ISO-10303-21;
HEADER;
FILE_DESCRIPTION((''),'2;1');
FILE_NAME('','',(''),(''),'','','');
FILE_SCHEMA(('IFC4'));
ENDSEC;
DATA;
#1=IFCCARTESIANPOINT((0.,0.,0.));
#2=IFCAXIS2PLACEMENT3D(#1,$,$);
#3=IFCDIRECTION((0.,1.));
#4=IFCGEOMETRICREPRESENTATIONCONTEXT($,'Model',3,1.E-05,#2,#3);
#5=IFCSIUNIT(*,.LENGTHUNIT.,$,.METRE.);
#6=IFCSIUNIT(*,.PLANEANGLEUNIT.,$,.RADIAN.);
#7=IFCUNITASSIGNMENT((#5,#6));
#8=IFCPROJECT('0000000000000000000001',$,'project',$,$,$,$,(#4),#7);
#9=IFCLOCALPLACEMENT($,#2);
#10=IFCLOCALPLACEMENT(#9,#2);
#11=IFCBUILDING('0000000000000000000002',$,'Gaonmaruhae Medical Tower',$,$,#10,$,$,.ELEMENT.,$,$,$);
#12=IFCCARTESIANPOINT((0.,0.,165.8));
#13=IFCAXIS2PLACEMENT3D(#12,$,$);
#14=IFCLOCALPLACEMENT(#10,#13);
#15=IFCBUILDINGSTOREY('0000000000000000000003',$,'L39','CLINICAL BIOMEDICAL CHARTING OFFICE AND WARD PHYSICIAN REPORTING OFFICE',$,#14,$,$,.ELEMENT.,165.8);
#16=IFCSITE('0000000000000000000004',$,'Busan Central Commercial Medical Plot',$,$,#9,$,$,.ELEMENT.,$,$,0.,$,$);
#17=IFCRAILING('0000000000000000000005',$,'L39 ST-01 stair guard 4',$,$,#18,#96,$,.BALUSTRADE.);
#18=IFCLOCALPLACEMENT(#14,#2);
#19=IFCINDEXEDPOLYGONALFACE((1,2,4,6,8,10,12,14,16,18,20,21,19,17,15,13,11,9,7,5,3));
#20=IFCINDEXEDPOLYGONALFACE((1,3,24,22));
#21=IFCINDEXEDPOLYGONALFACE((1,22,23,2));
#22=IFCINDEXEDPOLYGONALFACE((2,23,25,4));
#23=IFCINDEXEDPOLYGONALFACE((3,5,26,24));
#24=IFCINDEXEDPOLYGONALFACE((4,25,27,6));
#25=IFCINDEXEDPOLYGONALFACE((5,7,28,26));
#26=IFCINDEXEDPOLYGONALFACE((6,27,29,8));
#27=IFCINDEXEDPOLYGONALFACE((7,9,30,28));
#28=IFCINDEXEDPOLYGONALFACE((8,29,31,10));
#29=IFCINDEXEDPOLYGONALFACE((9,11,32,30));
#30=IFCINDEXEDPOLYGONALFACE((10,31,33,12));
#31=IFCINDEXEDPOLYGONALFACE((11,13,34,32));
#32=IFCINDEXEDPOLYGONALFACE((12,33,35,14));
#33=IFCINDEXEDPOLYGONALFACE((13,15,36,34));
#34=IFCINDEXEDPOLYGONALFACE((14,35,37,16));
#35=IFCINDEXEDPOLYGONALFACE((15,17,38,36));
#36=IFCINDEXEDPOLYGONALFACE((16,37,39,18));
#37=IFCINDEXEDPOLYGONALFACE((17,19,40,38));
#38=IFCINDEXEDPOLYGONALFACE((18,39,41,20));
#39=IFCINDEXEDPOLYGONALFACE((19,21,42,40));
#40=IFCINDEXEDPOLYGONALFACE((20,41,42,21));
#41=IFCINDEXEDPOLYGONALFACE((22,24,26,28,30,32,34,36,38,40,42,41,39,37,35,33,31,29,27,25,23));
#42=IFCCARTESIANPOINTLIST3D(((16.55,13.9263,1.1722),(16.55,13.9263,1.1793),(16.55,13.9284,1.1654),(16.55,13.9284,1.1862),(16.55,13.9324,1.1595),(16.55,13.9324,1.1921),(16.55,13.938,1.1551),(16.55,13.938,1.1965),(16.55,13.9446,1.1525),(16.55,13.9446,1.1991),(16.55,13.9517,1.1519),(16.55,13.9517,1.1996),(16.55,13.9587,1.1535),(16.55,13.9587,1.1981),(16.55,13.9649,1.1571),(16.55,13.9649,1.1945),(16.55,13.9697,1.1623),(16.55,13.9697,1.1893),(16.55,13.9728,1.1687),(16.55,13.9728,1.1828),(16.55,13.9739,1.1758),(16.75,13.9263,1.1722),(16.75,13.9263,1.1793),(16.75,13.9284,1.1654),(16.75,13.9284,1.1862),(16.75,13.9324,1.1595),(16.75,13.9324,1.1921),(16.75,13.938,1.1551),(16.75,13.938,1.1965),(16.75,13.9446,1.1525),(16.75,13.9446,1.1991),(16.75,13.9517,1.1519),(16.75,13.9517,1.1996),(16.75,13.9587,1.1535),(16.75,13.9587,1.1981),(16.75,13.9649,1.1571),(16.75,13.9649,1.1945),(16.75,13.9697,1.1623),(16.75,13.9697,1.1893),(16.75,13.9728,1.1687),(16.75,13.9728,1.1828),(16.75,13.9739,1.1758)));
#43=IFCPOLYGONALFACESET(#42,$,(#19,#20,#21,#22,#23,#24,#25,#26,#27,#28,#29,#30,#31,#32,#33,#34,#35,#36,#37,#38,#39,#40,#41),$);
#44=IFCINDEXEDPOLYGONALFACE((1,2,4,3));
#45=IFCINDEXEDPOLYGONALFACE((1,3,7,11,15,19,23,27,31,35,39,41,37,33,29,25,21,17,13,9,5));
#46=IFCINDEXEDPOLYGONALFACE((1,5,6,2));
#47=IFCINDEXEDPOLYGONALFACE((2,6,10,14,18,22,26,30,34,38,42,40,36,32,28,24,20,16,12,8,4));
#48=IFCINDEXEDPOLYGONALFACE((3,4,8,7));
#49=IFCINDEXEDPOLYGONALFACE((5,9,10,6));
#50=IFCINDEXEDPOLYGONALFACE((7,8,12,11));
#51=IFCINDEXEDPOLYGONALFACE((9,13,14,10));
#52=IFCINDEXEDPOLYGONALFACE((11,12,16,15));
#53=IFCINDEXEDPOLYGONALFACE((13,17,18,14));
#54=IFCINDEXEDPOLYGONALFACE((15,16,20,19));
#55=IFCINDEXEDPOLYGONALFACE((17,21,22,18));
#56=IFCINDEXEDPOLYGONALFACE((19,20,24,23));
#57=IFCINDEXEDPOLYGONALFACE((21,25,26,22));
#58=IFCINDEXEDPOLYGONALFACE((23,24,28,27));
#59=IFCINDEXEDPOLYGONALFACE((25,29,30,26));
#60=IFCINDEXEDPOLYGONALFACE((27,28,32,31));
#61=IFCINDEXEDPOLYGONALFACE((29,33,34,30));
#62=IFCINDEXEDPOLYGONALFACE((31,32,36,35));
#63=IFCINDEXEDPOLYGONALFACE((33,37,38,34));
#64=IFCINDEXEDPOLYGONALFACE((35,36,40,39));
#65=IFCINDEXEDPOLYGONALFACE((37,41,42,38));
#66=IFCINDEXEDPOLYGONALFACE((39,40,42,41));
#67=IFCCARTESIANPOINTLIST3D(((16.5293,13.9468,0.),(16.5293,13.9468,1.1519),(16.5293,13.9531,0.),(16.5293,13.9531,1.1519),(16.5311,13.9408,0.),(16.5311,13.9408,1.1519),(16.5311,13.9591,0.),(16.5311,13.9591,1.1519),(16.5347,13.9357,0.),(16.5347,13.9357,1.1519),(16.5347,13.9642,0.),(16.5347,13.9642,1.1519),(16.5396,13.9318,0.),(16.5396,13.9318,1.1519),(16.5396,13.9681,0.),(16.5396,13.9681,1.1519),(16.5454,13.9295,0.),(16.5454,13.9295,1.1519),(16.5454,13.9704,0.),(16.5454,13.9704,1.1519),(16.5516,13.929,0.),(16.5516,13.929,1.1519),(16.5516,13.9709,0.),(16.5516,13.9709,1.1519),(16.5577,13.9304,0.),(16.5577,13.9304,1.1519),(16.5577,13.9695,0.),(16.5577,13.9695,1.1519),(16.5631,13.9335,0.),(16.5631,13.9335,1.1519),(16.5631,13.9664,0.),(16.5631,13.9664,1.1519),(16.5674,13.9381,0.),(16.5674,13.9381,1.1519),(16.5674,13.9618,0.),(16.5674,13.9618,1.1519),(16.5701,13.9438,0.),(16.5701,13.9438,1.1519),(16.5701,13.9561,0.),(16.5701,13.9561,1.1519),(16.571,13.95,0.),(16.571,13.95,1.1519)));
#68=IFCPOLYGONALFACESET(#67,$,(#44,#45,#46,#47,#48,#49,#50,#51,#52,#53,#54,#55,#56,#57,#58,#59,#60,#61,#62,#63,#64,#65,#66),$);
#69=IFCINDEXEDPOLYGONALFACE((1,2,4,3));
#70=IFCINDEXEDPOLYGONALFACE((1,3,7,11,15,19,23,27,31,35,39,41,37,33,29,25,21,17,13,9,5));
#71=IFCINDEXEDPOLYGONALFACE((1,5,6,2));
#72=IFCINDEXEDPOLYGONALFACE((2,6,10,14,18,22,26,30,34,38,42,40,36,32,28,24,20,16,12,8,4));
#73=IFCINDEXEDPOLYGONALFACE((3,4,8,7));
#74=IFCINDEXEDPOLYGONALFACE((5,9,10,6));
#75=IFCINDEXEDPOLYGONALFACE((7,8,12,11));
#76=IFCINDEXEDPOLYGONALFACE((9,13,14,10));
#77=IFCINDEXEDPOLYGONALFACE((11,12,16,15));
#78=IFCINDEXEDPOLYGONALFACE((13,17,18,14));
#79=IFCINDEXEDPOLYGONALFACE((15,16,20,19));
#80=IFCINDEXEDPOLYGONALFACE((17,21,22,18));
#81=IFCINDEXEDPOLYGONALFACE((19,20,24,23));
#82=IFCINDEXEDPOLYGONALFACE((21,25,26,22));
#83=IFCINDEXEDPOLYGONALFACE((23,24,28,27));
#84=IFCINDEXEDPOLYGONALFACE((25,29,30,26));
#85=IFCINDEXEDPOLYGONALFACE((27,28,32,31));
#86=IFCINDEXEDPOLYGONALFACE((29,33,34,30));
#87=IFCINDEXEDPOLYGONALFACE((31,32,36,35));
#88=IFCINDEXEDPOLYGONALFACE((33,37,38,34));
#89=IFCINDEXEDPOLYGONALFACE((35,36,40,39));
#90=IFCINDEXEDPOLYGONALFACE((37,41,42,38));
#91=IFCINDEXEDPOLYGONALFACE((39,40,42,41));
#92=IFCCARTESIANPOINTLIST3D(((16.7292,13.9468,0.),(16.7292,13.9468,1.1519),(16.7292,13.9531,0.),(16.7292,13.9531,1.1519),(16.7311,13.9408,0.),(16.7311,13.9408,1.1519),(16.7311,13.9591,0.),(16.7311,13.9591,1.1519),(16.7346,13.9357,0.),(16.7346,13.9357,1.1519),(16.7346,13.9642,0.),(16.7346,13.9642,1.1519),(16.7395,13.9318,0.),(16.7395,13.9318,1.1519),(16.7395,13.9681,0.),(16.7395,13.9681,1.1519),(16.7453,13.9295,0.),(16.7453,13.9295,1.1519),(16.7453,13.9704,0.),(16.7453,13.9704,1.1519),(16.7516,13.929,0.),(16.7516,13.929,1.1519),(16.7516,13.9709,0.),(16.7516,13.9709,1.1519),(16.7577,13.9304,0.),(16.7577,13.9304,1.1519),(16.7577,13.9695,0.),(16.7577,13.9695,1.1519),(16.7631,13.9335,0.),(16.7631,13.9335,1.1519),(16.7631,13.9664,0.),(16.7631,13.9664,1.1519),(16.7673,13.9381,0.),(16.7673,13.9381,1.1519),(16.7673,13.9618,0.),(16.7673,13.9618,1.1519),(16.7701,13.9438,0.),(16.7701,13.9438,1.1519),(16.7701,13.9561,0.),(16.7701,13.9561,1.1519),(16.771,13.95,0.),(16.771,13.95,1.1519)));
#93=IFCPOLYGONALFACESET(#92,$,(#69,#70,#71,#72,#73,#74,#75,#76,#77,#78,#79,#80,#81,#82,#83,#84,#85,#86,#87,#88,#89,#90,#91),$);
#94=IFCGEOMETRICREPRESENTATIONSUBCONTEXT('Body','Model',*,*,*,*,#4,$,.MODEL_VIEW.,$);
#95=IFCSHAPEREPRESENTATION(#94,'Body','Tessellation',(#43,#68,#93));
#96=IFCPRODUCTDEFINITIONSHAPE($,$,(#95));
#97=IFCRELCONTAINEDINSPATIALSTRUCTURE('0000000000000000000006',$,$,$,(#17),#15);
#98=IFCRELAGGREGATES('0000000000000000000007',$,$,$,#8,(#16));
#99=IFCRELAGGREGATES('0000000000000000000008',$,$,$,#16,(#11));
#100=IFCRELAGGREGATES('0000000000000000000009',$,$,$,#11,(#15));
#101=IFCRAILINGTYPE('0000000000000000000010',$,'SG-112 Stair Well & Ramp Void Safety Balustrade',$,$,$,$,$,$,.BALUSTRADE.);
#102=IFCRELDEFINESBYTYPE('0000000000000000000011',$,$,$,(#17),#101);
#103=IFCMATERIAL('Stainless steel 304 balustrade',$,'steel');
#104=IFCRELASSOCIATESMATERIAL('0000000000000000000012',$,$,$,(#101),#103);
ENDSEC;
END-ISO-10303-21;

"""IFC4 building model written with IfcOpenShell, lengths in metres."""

from ifc_helpers import new_model, si_unit, direction, frame, origin, origin_2d, place, context, subcontext, project, spatial, circle, extrude, material, type_object, element, save


model = new_model("IFC4")

# Units and contexts
model_context = context("Model", 3, precision=1e-05, world=origin(), true_north=direction((0.0, 1.0)))
body_context = subcontext(model_context, "Body", "Model", "MODEL_VIEW")
ifc_project = project(units=[si_unit("LENGTHUNIT", "METRE"), si_unit("PLANEANGLEUNIT", "RADIAN")], contexts=[model_context])

# Site, building, storey
site_placement = place(None, origin())
site = spatial("IfcSite", under=ifc_project, at=site_placement, Name="Busan Central Commercial Medical Plot", CompositionType="ELEMENT", RefElevation=0.0)
building_placement = place(site_placement, origin())
building = spatial("IfcBuilding", under=site, at=building_placement, Name="Gaonmaruhae Medical Tower", CompositionType="ELEMENT")
storey_placement = place(building_placement, frame((0.0, 0.0, 165.8)))
storey = spatial("IfcBuildingStorey", under=building, at=storey_placement, Name="L39", Description="CLINICAL BIOMEDICAL CHARTING OFFICE AND WARD PHYSICIAN REPORTING OFFICE", CompositionType="ELEMENT", Elevation=165.8)

# Railing
ifc_material_1 = material(Name="Stainless steel 304 balustrade", Category="steel")
railing_type_1 = type_object("IfcRailingType", Name="SG-112 Stair Well & Ramp Void Safety Balustrade", PredefinedType="BALUSTRADE", material=ifc_material_1)
railing_1_placement = place(storey_placement, frame((16.55, 13.95, 0.0)))
element("IfcRailing", 1, at=railing_1_placement, inside=storey, type_object=railing_type_1, Name="L39 ST-01 stair guard 4", PredefinedType="BALUSTRADE", context=body_context, shape_type="SweptSolid", body=[
    extrude(circle(Radius=0.0239, at=origin_2d()), frame((0.0, 0.0, 1.1758), z_axis=(1.0, 0.0, 0.0), x_axis=(0.0, 1.0, 0.0)), (0.0, 0.0, 1.0), 0.2),
    extrude(circle(Radius=0.021, at=origin_2d()), origin(), (0.0, 0.0, 1.0), 1.1519),
    extrude(circle(Radius=0.021, at=origin_2d()), frame((0.2, 0.0, 0.0)), (0.0, 0.0, 1.0), 1.1519),
])

save(model, "model.ifc")
